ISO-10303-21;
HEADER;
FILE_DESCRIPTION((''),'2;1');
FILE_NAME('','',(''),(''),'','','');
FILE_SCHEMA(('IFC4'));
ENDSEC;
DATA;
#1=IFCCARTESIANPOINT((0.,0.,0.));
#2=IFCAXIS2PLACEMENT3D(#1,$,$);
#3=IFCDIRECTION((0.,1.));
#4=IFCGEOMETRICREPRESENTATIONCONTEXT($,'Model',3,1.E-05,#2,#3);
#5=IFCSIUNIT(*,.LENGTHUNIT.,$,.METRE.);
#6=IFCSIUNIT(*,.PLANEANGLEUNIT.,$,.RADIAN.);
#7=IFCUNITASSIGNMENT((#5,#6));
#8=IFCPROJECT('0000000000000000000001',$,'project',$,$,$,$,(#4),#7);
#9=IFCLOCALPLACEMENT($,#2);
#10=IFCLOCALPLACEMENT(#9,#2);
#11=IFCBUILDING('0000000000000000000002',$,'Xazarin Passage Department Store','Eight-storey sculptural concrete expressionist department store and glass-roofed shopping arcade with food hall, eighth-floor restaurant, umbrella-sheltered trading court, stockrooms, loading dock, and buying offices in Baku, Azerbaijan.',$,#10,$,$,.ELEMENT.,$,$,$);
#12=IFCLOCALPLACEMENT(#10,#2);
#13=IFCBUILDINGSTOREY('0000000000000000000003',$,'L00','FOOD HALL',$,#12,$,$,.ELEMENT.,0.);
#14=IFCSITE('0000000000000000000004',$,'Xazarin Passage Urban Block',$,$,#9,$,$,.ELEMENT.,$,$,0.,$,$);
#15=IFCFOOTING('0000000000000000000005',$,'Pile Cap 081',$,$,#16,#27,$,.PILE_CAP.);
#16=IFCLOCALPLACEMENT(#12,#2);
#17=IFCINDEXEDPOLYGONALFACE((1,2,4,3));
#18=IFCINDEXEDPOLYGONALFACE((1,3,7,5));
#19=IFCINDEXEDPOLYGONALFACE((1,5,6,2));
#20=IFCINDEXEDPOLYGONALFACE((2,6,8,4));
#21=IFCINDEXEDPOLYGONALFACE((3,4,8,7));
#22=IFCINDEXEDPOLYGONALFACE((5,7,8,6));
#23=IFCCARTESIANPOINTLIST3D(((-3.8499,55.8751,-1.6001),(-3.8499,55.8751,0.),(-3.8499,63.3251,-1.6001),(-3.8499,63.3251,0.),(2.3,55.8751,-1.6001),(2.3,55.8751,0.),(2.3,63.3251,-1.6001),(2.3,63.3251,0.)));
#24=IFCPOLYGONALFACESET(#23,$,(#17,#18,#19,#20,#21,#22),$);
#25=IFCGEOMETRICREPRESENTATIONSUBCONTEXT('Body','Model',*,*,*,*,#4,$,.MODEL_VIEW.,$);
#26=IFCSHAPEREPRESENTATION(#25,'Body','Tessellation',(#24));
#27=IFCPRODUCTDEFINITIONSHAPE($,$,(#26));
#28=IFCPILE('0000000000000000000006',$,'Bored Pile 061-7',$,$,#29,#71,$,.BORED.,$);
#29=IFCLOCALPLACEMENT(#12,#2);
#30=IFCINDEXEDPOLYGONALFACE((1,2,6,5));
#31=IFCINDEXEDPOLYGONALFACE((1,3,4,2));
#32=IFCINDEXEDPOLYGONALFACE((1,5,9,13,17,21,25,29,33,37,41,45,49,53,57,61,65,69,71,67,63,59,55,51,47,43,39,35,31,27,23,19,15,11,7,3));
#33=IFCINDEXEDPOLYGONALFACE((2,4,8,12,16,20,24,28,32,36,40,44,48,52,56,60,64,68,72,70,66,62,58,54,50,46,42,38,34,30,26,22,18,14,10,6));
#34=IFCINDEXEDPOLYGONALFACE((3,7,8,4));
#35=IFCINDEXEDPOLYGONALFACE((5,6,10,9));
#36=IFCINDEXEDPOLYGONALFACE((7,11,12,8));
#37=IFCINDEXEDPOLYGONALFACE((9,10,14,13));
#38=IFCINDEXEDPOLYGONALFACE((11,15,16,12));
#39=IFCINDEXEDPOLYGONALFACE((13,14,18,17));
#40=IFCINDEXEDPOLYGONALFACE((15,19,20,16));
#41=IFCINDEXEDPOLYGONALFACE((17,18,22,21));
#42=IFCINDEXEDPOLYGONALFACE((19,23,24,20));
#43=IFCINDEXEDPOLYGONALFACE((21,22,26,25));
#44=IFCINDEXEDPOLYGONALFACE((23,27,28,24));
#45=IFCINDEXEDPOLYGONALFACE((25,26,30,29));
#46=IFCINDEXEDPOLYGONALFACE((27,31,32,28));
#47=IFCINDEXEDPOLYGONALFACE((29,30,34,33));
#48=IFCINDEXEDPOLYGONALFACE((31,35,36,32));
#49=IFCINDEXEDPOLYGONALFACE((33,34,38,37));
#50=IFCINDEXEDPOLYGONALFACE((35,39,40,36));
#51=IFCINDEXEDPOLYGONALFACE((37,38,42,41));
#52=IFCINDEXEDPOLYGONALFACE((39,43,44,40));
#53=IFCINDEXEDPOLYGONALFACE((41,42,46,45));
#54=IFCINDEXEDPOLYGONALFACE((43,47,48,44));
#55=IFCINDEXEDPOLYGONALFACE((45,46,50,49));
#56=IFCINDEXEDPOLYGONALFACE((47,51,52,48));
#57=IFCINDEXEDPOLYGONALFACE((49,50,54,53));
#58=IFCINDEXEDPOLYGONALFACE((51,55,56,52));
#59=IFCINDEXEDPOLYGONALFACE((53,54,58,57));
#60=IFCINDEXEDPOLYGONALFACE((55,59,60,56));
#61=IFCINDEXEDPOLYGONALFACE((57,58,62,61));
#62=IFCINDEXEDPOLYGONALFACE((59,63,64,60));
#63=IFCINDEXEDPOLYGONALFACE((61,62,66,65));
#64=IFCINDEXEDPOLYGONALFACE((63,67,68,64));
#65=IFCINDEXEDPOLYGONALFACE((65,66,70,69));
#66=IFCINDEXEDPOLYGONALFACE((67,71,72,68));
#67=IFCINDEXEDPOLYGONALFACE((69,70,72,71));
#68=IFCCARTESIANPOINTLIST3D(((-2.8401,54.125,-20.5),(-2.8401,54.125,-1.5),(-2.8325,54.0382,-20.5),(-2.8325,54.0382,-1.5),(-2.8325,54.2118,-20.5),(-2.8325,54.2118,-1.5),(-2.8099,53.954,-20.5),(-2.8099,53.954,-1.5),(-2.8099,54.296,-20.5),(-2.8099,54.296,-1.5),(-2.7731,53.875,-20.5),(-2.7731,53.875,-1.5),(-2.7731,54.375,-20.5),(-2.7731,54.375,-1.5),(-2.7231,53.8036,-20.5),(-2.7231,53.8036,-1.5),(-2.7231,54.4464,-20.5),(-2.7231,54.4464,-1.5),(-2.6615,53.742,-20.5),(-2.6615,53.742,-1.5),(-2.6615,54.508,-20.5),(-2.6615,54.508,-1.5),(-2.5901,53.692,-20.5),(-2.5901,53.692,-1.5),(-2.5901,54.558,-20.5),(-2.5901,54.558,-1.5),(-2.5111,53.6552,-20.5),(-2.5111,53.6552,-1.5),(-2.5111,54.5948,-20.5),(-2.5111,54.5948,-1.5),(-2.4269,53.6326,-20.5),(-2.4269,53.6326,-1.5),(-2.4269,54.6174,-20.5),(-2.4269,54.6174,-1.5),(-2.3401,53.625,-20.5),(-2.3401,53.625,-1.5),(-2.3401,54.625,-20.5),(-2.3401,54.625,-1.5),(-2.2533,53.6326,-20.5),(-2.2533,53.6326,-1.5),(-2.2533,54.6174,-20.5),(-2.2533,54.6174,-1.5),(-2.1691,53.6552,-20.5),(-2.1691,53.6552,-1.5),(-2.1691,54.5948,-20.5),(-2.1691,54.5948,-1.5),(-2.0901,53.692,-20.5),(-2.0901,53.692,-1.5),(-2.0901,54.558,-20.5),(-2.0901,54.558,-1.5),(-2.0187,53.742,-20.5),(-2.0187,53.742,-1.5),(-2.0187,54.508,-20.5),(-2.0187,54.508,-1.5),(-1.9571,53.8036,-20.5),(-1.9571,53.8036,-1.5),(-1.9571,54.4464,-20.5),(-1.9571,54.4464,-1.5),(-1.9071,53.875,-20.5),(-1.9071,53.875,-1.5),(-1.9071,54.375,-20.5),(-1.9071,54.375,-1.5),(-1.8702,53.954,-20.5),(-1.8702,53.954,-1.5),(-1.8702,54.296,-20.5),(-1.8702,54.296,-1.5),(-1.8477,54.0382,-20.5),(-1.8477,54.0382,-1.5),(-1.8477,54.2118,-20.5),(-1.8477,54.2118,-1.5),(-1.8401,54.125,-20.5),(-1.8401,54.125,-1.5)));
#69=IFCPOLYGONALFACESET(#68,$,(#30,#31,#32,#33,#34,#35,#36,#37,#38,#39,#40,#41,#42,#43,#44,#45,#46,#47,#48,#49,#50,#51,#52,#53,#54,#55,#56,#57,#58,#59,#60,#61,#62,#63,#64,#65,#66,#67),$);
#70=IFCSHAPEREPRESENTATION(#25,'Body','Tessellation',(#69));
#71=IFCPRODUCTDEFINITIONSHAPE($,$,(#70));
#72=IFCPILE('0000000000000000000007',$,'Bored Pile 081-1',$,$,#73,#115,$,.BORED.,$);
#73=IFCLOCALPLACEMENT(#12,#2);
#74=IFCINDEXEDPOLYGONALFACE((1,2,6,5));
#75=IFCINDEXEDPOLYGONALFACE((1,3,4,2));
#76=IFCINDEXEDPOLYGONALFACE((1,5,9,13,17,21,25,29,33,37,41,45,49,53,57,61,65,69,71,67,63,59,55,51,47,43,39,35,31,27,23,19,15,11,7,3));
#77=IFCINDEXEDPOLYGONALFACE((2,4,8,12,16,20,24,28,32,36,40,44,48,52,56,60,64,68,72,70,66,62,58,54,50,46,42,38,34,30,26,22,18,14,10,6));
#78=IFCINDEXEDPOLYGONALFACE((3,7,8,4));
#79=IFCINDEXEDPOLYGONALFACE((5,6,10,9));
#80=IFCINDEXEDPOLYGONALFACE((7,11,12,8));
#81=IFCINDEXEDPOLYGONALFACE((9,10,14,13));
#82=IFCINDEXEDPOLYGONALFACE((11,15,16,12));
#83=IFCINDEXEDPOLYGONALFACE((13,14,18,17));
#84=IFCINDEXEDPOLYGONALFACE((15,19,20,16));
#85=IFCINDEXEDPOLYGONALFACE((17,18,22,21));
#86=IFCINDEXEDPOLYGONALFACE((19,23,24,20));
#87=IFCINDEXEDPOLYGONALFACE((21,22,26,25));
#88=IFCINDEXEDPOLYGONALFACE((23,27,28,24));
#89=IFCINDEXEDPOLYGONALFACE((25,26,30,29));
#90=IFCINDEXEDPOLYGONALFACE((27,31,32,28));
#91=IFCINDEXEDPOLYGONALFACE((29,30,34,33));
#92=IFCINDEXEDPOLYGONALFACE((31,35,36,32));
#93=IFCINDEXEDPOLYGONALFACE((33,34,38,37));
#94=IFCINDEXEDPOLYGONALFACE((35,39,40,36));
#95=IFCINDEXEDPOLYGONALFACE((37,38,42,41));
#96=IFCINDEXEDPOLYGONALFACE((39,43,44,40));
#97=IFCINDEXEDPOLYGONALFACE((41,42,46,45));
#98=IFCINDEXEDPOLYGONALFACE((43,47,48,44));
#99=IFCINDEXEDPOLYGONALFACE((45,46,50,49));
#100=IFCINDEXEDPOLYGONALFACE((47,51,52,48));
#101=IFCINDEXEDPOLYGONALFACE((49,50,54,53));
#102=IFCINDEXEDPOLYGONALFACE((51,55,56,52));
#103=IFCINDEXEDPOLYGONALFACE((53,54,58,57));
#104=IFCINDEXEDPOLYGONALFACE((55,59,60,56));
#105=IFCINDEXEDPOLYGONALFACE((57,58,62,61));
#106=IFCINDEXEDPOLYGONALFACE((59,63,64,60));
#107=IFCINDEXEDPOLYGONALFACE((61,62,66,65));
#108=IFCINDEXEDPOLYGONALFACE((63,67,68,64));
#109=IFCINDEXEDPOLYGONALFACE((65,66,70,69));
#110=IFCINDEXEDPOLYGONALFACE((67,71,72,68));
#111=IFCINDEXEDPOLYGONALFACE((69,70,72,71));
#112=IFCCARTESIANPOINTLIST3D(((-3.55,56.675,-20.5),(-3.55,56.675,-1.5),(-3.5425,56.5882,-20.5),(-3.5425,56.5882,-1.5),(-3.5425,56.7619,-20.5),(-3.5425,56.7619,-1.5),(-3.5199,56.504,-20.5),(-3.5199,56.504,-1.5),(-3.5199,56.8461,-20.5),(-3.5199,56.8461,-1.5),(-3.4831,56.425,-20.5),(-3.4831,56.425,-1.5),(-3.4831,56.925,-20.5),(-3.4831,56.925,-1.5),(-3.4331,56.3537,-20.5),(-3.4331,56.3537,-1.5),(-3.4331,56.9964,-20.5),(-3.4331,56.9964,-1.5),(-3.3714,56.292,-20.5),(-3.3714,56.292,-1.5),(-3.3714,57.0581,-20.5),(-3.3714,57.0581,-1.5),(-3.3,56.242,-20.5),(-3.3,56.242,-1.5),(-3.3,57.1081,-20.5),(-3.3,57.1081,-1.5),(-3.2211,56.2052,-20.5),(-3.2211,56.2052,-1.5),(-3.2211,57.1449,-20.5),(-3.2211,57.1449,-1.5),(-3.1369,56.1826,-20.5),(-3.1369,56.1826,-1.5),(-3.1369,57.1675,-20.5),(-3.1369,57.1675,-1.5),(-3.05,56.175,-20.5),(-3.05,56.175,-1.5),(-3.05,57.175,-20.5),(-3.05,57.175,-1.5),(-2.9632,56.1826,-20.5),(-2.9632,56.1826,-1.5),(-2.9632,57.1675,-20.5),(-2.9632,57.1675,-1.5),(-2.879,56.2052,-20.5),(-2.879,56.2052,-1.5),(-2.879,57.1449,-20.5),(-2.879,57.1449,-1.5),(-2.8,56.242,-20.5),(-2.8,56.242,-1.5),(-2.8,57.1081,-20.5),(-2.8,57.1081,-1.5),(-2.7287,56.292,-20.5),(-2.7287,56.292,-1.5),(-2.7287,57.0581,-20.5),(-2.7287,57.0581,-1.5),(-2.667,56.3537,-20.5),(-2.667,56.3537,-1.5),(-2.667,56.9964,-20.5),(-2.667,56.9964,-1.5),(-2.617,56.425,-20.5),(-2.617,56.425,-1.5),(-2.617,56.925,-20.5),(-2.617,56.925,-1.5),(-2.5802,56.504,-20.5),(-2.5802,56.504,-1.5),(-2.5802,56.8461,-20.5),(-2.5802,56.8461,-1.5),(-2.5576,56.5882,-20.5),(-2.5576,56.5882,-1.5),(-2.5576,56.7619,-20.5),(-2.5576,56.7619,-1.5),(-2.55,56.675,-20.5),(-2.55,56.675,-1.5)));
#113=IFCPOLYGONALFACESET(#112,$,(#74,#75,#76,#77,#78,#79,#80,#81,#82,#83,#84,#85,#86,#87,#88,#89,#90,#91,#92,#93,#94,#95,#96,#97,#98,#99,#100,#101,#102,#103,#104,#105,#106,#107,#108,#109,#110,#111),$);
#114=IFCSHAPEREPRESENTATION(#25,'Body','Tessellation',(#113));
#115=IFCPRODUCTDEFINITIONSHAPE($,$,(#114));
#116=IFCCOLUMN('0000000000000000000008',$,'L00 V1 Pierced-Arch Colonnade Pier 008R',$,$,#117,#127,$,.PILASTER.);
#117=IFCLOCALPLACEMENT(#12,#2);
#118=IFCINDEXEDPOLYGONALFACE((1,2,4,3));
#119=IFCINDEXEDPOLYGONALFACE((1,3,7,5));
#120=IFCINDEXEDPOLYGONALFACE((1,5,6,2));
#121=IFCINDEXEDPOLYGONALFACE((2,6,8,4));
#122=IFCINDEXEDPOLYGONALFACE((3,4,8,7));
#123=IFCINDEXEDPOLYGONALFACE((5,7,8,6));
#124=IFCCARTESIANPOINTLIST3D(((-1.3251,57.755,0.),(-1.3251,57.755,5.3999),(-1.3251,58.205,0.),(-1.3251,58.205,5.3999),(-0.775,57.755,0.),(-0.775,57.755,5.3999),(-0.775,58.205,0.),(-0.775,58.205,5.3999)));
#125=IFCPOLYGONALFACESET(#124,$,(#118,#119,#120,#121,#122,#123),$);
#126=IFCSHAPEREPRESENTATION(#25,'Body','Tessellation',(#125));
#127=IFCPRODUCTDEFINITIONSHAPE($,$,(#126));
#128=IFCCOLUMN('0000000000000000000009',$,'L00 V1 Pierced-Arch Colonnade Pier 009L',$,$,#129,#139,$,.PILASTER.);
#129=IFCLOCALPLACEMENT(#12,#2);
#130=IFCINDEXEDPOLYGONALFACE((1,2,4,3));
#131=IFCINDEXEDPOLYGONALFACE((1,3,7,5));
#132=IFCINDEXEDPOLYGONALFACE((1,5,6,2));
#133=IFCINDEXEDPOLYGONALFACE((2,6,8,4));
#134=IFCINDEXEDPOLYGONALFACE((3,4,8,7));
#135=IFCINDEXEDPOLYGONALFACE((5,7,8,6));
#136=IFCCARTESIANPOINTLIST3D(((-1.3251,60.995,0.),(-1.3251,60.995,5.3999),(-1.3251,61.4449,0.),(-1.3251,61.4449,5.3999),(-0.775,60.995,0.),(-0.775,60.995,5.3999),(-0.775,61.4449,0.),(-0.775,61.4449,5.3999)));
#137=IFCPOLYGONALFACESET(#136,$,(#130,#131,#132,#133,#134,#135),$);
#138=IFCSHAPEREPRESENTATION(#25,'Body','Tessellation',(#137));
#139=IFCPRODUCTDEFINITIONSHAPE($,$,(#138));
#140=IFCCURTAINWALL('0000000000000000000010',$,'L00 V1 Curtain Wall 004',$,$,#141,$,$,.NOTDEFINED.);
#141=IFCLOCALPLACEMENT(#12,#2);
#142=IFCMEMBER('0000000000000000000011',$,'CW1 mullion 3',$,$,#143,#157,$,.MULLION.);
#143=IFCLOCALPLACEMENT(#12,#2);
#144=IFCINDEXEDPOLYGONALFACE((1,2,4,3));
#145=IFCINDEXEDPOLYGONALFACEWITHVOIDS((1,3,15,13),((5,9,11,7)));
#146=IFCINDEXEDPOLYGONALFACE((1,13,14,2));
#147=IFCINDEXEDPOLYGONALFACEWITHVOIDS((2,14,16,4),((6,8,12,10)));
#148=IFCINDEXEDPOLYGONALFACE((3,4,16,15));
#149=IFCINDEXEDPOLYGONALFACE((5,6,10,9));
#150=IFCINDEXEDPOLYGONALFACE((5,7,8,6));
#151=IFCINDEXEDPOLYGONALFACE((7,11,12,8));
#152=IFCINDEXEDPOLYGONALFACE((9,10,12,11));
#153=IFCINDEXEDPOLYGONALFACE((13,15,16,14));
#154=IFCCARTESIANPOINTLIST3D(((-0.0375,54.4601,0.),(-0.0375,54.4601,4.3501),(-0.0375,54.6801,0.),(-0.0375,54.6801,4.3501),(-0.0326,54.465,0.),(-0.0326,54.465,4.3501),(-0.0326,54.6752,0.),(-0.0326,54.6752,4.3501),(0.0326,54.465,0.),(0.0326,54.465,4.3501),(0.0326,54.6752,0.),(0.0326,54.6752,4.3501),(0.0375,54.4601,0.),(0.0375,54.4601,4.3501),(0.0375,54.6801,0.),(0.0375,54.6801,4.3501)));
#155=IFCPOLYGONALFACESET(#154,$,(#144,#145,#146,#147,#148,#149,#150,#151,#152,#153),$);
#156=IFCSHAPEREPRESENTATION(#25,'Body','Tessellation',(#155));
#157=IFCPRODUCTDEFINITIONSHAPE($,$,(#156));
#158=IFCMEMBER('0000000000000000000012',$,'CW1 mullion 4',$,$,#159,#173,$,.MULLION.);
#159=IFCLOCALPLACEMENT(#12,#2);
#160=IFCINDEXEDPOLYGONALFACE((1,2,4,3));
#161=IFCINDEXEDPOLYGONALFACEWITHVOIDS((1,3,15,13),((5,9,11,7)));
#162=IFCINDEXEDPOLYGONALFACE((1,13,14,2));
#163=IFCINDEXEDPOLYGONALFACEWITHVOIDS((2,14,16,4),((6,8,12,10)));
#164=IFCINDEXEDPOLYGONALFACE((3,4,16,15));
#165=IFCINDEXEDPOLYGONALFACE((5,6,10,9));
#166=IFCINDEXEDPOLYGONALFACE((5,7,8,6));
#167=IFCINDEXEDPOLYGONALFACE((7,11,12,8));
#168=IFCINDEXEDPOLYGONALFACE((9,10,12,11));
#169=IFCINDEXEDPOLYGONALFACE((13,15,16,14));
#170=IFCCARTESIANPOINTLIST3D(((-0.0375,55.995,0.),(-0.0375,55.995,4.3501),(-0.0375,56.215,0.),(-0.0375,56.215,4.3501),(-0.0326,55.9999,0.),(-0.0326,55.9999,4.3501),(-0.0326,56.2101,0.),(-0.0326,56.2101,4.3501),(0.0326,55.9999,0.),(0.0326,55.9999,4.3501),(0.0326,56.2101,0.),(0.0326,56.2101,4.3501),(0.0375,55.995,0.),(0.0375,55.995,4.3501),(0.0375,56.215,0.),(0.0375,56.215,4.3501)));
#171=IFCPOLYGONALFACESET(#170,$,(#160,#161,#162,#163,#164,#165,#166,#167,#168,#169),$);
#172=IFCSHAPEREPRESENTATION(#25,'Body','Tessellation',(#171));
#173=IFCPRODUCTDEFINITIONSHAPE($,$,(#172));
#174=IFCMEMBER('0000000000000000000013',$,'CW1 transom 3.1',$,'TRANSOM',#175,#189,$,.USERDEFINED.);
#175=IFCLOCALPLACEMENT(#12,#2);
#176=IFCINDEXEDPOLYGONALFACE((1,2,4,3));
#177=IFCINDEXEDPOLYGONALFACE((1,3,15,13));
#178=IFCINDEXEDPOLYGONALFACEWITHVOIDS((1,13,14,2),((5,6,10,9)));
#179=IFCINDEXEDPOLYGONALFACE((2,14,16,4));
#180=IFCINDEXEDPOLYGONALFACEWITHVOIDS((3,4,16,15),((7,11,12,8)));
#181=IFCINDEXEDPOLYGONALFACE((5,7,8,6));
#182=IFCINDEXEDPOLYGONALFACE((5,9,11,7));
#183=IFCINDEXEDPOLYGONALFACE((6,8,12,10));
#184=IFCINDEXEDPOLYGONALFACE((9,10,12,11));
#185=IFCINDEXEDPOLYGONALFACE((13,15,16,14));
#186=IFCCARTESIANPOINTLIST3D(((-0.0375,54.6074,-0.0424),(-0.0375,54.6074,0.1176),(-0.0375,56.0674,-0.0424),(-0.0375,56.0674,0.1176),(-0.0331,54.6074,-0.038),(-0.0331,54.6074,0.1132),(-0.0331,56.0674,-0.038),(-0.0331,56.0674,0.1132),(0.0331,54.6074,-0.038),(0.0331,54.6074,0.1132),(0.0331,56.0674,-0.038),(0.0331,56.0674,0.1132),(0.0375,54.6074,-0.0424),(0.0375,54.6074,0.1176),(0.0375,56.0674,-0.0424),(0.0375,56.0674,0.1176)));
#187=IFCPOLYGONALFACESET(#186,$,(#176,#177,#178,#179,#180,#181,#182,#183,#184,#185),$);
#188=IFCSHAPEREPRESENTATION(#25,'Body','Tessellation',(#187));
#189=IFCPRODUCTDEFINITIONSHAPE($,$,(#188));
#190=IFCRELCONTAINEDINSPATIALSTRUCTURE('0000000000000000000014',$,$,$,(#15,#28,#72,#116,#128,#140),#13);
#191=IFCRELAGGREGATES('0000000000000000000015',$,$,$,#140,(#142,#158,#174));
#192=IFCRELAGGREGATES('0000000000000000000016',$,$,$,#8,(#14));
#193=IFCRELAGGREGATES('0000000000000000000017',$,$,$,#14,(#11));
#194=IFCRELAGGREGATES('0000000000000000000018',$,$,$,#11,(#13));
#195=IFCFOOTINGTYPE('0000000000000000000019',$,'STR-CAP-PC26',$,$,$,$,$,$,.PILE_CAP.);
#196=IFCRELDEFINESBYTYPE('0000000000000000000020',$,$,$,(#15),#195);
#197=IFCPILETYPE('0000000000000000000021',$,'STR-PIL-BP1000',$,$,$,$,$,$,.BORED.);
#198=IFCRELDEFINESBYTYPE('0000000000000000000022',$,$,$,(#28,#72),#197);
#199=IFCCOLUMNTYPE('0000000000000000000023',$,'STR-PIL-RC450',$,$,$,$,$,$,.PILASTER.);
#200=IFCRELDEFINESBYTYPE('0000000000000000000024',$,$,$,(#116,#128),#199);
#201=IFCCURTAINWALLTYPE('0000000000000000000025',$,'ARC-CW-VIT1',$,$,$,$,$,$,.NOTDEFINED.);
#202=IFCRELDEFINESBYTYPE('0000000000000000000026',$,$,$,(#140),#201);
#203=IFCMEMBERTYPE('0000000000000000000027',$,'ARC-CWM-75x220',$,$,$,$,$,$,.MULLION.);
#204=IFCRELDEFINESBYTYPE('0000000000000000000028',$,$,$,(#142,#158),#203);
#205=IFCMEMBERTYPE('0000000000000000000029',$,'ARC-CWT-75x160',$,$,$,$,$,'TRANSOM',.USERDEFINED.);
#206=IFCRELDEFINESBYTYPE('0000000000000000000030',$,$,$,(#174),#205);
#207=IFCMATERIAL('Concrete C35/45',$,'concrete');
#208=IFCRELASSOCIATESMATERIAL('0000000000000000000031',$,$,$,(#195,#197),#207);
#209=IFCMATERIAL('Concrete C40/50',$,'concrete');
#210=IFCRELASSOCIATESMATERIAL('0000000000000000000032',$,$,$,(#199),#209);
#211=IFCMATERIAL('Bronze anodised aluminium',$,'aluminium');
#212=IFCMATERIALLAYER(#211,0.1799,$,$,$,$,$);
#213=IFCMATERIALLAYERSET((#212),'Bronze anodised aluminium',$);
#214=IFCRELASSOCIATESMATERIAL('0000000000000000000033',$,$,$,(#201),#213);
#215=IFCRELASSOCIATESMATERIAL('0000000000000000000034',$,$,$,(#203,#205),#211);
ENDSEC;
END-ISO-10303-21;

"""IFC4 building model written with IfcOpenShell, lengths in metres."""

from ifc_helpers import new_model, si_unit, direction, frame, origin, origin_2d, place, context, subcontext, project, spatial, rectangle, hollow_rectangle, circle, extrude, material, layer, layer_set, material_profile, profile_set, type_object, element, aggregate, save


model = new_model("IFC4")

# Units and contexts
model_context = context("Model", 3, precision=1e-05, world=origin(), true_north=direction((0.0, 1.0)))
body_context = subcontext(model_context, "Body", "Model", "MODEL_VIEW")
ifc_project = project(units=[si_unit("LENGTHUNIT", "METRE"), si_unit("PLANEANGLEUNIT", "RADIAN")], contexts=[model_context])

# Site, building, storey
site_placement = place(None, origin())
site = spatial("IfcSite", under=ifc_project, at=site_placement, Name="Xazarin Passage Urban Block", CompositionType="ELEMENT", RefElevation=0.0)
building_placement = place(site_placement, origin())
building = spatial("IfcBuilding", under=site, at=building_placement, Name="Xazarin Passage Department Store", Description="Eight-storey sculptural concrete expressionist department store and glass-roofed shopping arcade with food hall, eighth-floor restaurant, umbrella-sheltered trading court, stockrooms, loading dock, and buying offices in Baku, Azerbaijan.", CompositionType="ELEMENT")
storey_placement = place(building_placement, origin())
storey = spatial("IfcBuildingStorey", under=building, at=storey_placement, Name="L00", Description="FOOD HALL", CompositionType="ELEMENT", Elevation=0.0)

# Footing
ifc_material_1 = material(Name="Concrete C35/45", Category="concrete")
footing_type = type_object("IfcFootingType", Name="STR-CAP-PC26", PredefinedType="PILE_CAP", material=ifc_material_1)
footing_placement = place(storey_placement, frame((-0.7749, 59.6001, -1.6001), z_axis=(0.0, 0.0, 1.0), x_axis=(0.0, 1.0, 0.0)))
element("IfcFooting", 1, at=footing_placement, inside=storey, type_object=footing_type, Name="Pile Cap 081", PredefinedType="PILE_CAP", context=body_context, shape_type="SweptSolid", body=[
    extrude(rectangle(XDim=7.45, YDim=6.1499, at=origin_2d()), origin(), (0.0, 0.0, 1.0), 1.6001),
])

# Piles
ifc_material_profile_1 = material_profile(ifc_material_1, circle(Radius=0.5, at=origin_2d()), Name="BP 1000")
ifc_profile_set_1 = profile_set([ifc_material_profile_1], Name="Concrete C35/45")
pile_type = type_object("IfcPileType", Name="STR-PIL-BP1000", PredefinedType="BORED", material=ifc_profile_set_1)
for number, where, z_axis, x_axis, name in (
    (2, (-2.3401, 54.125, -1.5), (0.0, 0.0, -1.0), (1.0, 0.0, 0.0), "Bored Pile 061-7"),
    (3, (-3.05, 56.675, -1.5), (0.0, 0.0, -1.0), (1.0, 0.0, 0.0), "Bored Pile 081-1"),
):
    element("IfcPile", number, at=place(storey_placement, frame(where, z_axis=z_axis, x_axis=x_axis)), inside=storey, type_object=pile_type, Name=name, PredefinedType="BORED", context=body_context, shape_type="SweptSolid", body=[
        extrude(circle(Radius=0.5, at=origin_2d()), origin(), (0.0, 0.0, 1.0), 19.0),
    ])

# Columns
ifc_material_2 = material(Name="Concrete C40/50", Category="concrete")
ifc_material_profile_2 = material_profile(ifc_material_2, rectangle(XDim=0.45, YDim=0.55, at=origin_2d()), Name="RC 450x550")
ifc_profile_set_2 = profile_set([ifc_material_profile_2], Name="Concrete C40/50")
column_type = type_object("IfcColumnType", Name="STR-PIL-RC450", PredefinedType="PILASTER", material=ifc_profile_set_2)
for number, where, z_axis, x_axis, name in (
    (4, (-1.05, 57.98, 0.0), (0.0, 0.0, 1.0), (0.0, 1.0, 0.0), "L00 V1 Pierced-Arch Colonnade Pier 008R"),
    (5, (-1.05, 61.22, 0.0), (0.0, 0.0, 1.0), (0.0, 1.0, 0.0), "L00 V1 Pierced-Arch Colonnade Pier 009L"),
):
    element("IfcColumn", number, at=place(storey_placement, frame(where, z_axis=z_axis, x_axis=x_axis)), inside=storey, type_object=column_type, Name=name, PredefinedType="PILASTER", context=body_context, shape_type="SweptSolid", body=[
        extrude(rectangle(XDim=0.45, YDim=0.55, at=origin_2d()), origin(), (0.0, 0.0, 1.0), 5.3999),
    ])

# Curtain wall, members
ifc_material_3 = material(Name="Bronze anodised aluminium", Category="aluminium")
ifc_layer_1 = layer(ifc_material_3, 0.1799)
ifc_layer_set_1 = layer_set([ifc_layer_1], Name="Bronze anodised aluminium")
curtain_wall_type = type_object("IfcCurtainWallType", Name="ARC-CW-VIT1", PredefinedType="NOTDEFINED", material=ifc_layer_set_1)
curtain_wall_placement = place(storey_placement, origin())
curtain_wall = element("IfcCurtainWall", 6, at=curtain_wall_placement, inside=storey, type_object=curtain_wall_type, Name="L00 V1 Curtain Wall 004", PredefinedType="NOTDEFINED")
ifc_material_profile_3 = material_profile(ifc_material_3, hollow_rectangle(XDim=0.075, YDim=0.22, WallThickness=0.0049, at=origin_2d()), Name="ALU 75x220")
ifc_profile_set_3 = profile_set([ifc_material_profile_3], Name="Bronze anodised aluminium")
member_type_1 = type_object("IfcMemberType", Name="ARC-CWM-75x220", PredefinedType="MULLION", material=ifc_profile_set_3)
member_1_placement = place(storey_placement, frame((0.0, 54.5701, 0.0), z_axis=(0.0, 0.0, 1.0), x_axis=(-1.0, 0.0, 0.0)))
member_1 = element("IfcMember", 7, at=member_1_placement, type_object=member_type_1, Name="CW1 mullion 3", PredefinedType="MULLION", context=body_context, shape_type="SweptSolid", body=[
    extrude(hollow_rectangle(XDim=0.075, YDim=0.22, WallThickness=0.0049, at=origin_2d()), origin(), (0.0, 0.0, 1.0), 4.3501),
])
member_2_placement = place(storey_placement, frame((0.0, 56.105, 0.0), z_axis=(0.0, 0.0, 1.0), x_axis=(-1.0, 0.0, 0.0)))
member_2 = element("IfcMember", 8, at=member_2_placement, type_object=member_type_1, Name="CW1 mullion 4", PredefinedType="MULLION", context=body_context, shape_type="SweptSolid", body=[
    extrude(hollow_rectangle(XDim=0.075, YDim=0.22, WallThickness=0.0049, at=origin_2d()), origin(), (0.0, 0.0, 1.0), 4.3501),
])
ifc_material_profile_4 = material_profile(ifc_material_3, hollow_rectangle(XDim=0.075, YDim=0.1599, WallThickness=0.0044, at=origin_2d()), Name="ALU 75x160")
ifc_profile_set_4 = profile_set([ifc_material_profile_4], Name="Bronze anodised aluminium")
member_type_2 = type_object("IfcMemberType", Name="ARC-CWT-75x160", ElementType="TRANSOM", PredefinedType="USERDEFINED", material=ifc_profile_set_4)
member_3_placement = place(storey_placement, frame((0.0, 54.6074, 0.0376), z_axis=(0.0, 1.0, 0.0), x_axis=(-1.0, 0.0, 0.0)))
member_3 = element("IfcMember", 9, at=member_3_placement, type_object=member_type_2, Name="CW1 transom 3.1", ObjectType="TRANSOM", PredefinedType="USERDEFINED", context=body_context, shape_type="SweptSolid", body=[
    extrude(hollow_rectangle(XDim=0.075, YDim=0.1599, WallThickness=0.0044, at=origin_2d()), origin(), (0.0, 0.0, 1.0), 1.46),
])

aggregate(curtain_wall, [member_1, member_2, member_3])

save(model, "model.ifc")
